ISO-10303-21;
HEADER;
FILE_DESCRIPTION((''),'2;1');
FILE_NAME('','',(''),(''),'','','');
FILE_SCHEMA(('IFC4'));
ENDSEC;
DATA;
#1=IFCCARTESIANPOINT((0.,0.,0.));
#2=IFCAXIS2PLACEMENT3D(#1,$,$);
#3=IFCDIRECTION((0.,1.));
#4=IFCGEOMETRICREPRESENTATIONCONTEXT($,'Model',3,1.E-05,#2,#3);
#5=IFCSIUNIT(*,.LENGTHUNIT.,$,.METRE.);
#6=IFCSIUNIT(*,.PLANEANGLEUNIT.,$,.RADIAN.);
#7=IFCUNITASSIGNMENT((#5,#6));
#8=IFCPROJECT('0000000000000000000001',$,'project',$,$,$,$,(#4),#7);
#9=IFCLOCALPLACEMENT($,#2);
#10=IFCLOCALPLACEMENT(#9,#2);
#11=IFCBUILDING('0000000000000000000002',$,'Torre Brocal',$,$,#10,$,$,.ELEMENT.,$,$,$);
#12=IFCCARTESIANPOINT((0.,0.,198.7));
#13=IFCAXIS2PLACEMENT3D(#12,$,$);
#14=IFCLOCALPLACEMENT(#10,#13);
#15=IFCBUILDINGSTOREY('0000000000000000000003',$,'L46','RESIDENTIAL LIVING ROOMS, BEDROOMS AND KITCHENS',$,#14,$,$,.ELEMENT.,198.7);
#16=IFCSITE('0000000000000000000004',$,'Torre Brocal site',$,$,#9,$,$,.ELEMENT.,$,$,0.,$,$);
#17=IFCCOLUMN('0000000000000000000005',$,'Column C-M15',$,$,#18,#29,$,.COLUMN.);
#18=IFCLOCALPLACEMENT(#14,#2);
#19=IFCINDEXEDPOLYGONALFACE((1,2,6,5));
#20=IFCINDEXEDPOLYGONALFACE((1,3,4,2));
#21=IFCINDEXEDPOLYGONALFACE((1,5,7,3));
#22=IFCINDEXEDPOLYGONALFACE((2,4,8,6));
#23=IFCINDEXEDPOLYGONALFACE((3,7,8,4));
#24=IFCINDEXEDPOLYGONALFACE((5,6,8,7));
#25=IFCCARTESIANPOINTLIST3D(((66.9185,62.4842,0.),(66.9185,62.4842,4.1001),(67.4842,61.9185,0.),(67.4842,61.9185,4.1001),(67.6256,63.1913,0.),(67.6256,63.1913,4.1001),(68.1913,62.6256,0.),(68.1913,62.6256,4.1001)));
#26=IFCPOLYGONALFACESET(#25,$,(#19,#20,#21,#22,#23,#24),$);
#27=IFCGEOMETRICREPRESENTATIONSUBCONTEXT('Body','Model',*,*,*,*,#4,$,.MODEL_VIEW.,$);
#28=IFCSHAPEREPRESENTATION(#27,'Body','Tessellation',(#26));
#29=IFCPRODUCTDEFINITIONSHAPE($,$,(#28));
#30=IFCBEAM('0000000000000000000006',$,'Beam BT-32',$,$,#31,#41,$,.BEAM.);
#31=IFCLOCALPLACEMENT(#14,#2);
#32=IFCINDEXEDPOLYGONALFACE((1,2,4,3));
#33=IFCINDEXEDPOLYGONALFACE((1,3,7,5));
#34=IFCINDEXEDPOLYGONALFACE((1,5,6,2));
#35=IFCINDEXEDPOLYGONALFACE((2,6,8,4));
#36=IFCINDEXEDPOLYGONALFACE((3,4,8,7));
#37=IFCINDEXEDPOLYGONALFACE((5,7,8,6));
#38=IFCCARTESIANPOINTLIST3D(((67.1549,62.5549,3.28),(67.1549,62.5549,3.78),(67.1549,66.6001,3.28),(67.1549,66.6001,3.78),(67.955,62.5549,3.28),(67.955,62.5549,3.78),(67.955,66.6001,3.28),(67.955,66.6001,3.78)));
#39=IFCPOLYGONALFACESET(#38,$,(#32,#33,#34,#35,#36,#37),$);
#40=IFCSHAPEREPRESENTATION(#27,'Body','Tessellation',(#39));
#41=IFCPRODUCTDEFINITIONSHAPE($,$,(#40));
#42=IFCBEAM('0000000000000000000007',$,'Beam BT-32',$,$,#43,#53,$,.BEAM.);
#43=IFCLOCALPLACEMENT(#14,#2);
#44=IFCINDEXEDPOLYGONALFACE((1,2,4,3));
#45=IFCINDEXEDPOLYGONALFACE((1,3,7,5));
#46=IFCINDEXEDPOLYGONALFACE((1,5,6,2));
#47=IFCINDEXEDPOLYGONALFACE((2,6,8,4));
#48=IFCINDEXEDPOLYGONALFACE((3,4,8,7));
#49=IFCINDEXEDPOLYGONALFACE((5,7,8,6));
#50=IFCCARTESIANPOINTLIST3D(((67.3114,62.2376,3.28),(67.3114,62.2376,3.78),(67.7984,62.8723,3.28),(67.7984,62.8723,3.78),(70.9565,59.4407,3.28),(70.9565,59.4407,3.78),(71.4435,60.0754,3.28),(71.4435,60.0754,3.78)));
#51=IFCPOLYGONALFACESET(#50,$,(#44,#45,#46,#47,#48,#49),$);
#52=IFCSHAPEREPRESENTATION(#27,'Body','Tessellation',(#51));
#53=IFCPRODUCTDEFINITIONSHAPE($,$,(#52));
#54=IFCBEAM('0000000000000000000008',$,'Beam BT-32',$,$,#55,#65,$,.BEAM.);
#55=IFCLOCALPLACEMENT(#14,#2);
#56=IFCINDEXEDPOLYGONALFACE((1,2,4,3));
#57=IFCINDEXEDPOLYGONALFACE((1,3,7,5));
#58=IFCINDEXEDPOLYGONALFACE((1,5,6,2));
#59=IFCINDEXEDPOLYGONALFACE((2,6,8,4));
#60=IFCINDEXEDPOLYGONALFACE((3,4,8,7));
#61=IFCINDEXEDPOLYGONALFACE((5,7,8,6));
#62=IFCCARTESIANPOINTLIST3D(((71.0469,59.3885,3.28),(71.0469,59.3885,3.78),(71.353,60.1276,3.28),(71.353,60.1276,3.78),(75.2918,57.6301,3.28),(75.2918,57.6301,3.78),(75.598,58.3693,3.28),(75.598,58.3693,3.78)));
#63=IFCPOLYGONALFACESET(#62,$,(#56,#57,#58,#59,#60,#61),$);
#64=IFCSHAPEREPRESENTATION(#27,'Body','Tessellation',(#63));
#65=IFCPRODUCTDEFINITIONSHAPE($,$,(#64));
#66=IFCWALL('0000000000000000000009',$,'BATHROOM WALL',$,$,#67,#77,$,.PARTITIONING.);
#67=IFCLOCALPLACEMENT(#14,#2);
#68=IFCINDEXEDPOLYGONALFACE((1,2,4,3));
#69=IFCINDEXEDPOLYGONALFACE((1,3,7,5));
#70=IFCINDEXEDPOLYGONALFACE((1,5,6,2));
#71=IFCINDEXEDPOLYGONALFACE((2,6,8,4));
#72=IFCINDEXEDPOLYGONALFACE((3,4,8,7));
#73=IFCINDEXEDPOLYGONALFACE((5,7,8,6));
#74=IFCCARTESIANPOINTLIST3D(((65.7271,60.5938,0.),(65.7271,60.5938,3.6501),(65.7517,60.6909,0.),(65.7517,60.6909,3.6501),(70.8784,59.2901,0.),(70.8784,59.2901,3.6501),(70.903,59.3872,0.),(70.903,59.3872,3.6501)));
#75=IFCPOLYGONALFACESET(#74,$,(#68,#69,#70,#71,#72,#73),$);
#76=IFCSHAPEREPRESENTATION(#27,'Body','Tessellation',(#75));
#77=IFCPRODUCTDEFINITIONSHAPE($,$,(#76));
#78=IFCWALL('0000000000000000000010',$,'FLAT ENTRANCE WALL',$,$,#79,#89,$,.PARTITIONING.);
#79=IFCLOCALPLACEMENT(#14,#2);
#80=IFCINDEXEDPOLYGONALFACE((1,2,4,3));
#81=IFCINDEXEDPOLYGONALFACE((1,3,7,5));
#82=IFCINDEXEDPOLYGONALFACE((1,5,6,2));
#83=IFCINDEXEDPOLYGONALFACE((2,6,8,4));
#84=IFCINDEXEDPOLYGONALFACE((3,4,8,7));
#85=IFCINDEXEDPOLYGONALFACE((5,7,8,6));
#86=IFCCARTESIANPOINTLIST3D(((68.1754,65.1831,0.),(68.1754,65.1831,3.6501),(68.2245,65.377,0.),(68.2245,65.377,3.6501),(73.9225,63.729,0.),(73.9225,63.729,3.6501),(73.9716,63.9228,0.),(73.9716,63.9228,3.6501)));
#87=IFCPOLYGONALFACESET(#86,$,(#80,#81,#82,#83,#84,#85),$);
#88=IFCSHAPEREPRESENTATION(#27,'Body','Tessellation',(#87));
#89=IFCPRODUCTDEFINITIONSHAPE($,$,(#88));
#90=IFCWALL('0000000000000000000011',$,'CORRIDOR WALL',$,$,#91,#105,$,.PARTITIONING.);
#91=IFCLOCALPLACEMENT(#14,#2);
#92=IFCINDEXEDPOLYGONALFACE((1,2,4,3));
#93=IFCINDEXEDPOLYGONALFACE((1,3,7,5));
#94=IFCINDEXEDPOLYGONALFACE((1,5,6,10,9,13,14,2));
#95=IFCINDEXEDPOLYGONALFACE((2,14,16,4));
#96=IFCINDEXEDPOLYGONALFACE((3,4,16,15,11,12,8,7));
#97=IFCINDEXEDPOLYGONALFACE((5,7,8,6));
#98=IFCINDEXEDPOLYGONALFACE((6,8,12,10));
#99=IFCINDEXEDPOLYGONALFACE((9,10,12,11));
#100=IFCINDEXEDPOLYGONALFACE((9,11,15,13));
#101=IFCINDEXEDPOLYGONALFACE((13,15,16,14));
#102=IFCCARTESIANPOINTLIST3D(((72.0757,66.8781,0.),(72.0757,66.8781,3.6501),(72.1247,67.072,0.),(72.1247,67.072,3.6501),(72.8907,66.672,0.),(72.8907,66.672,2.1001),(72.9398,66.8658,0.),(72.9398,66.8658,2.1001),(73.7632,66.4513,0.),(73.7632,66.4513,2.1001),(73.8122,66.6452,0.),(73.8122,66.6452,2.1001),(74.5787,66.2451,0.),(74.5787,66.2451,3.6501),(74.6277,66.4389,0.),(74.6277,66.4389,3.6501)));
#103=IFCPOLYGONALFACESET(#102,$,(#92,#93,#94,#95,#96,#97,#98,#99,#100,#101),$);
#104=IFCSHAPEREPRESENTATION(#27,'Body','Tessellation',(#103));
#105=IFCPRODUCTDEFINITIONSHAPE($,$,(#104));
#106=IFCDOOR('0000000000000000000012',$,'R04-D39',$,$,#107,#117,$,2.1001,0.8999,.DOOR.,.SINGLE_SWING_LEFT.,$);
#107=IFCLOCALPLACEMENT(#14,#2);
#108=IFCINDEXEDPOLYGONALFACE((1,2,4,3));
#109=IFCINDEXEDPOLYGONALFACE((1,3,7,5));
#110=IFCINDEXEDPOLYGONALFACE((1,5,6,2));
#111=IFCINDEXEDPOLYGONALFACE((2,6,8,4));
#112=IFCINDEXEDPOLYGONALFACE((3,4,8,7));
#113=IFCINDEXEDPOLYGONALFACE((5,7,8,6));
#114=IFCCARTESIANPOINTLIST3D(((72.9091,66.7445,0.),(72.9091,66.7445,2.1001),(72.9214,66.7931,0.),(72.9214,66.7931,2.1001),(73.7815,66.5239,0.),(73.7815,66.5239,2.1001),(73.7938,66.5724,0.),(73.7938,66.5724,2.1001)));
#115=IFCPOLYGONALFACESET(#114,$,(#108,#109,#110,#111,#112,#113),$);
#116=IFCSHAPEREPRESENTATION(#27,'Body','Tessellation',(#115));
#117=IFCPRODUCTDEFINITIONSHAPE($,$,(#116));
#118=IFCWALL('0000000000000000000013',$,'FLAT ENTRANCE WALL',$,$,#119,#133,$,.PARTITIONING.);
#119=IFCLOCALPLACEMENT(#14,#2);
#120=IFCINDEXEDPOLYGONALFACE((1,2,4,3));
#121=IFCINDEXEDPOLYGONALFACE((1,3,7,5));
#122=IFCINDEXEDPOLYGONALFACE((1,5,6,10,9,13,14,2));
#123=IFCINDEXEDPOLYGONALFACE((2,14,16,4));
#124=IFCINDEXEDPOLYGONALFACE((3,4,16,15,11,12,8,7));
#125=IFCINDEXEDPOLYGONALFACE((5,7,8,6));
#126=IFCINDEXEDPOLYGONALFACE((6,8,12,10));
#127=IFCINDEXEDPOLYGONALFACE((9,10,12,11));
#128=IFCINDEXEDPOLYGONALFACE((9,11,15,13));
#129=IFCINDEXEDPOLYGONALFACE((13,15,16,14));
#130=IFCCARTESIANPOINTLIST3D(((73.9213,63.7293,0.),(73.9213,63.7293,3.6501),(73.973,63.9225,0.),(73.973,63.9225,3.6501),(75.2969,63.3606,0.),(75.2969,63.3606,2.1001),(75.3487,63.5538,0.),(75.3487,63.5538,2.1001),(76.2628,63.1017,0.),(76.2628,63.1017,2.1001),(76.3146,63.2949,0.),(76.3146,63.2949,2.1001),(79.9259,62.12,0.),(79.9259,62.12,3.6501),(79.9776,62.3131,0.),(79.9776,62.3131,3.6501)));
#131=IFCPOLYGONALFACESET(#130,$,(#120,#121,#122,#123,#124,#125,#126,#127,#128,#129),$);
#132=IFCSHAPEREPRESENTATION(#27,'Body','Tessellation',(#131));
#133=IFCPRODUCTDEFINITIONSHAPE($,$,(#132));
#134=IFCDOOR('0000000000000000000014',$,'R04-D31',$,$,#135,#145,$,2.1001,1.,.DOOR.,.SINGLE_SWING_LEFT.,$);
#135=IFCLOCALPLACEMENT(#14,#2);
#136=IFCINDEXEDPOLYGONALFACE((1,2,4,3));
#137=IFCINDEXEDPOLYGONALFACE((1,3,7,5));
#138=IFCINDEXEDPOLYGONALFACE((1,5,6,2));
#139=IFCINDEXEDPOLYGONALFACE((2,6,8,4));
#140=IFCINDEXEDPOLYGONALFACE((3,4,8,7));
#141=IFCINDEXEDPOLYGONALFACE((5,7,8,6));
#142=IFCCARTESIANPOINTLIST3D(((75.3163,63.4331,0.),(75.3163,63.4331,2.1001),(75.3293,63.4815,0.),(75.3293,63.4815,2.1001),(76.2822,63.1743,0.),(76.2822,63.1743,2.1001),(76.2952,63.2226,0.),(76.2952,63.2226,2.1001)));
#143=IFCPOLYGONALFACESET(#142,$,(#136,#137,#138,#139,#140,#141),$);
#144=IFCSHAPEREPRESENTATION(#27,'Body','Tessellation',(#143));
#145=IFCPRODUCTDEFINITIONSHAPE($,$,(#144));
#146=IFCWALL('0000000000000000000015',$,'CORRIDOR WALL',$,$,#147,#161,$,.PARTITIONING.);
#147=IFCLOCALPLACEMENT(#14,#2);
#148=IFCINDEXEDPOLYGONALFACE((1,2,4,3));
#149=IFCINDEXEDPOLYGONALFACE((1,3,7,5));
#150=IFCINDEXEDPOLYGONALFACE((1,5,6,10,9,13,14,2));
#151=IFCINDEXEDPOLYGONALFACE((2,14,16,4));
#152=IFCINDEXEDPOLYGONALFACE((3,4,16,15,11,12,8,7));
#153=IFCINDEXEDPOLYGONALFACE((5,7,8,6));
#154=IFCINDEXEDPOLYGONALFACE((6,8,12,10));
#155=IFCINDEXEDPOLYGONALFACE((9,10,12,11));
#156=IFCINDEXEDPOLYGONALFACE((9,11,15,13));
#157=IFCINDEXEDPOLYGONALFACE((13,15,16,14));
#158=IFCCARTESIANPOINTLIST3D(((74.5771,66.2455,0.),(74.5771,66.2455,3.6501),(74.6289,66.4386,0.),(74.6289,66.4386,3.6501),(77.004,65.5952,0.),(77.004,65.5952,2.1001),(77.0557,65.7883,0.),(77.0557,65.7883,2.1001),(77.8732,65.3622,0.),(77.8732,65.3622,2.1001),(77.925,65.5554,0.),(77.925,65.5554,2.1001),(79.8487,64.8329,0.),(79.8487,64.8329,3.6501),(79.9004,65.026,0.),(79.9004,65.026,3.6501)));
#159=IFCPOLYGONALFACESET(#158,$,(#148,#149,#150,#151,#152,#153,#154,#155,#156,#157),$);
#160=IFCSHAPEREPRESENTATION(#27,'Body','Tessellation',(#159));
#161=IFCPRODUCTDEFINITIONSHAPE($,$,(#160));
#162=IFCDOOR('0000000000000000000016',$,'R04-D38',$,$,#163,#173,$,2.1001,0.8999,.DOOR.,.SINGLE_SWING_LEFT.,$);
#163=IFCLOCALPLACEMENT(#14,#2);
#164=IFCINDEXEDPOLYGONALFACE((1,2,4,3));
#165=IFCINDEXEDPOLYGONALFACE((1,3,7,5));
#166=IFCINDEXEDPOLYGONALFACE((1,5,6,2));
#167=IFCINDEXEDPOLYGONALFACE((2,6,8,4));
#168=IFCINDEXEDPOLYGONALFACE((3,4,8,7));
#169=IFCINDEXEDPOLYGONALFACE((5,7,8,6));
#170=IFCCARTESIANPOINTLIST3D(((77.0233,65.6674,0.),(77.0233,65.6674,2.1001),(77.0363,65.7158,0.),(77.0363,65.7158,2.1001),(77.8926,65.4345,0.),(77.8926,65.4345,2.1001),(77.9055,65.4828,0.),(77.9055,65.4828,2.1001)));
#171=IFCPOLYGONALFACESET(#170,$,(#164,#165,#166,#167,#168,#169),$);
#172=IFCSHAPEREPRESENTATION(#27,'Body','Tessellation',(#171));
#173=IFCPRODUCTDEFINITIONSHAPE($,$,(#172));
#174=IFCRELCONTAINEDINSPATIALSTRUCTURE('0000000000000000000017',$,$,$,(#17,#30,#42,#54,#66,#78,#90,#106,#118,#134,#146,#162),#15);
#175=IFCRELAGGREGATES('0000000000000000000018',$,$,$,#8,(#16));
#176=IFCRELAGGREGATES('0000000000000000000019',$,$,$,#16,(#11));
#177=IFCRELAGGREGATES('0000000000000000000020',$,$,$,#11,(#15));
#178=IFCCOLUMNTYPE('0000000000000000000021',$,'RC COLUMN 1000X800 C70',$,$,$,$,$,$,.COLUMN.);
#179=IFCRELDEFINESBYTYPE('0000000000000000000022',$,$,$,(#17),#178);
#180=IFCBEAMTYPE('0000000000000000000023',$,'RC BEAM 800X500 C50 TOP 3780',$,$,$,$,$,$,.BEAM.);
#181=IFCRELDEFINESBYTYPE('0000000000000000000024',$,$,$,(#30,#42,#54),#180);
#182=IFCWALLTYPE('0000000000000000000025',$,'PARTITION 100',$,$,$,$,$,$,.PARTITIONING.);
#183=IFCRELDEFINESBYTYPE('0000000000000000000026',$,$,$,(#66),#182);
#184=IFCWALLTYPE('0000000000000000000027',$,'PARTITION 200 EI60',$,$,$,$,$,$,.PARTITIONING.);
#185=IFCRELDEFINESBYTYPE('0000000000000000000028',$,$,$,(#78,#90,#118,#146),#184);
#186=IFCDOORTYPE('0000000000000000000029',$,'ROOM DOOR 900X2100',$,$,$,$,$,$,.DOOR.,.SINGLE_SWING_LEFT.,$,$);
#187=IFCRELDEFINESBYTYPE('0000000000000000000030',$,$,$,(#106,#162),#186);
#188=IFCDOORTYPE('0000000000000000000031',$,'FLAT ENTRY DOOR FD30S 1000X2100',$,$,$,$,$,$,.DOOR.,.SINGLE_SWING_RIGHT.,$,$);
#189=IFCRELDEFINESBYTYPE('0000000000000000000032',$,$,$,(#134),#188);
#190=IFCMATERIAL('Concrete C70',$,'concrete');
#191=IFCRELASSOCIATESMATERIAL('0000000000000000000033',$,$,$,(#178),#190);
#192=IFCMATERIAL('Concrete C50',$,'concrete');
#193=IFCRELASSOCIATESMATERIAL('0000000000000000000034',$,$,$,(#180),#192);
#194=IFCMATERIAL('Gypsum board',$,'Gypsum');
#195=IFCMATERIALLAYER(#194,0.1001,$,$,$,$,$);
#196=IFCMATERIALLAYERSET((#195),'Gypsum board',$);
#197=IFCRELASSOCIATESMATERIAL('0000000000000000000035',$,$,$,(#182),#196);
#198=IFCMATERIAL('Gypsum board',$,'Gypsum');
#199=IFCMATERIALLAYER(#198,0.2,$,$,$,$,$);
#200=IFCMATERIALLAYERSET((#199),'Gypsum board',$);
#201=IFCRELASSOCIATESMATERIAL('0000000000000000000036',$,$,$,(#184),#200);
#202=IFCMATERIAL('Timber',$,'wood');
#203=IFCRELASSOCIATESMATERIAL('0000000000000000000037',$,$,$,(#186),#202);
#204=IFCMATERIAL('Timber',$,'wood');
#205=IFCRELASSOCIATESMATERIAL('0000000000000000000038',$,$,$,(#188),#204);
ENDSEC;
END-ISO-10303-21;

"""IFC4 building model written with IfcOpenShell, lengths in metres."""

from ifc_helpers import new_model, si_unit, direction, frame, frame_2d, origin, origin_2d, place, context, subcontext, project, spatial, rectangle, extrude, material, layer, layer_set, material_profile, profile_set, type_object, element, fill, save


model = new_model("IFC4")

# Units and contexts
model_context = context("Model", 3, precision=1e-05, world=origin(), true_north=direction((0.0, 1.0)))
body_context = subcontext(model_context, "Body", "Model", "MODEL_VIEW")
ifc_project = project(units=[si_unit("LENGTHUNIT", "METRE"), si_unit("PLANEANGLEUNIT", "RADIAN")], contexts=[model_context])

# Site, building, storey
site_placement = place(None, origin())
site = spatial("IfcSite", under=ifc_project, at=site_placement, Name="Torre Brocal site", CompositionType="ELEMENT", RefElevation=0.0)
building_placement = place(site_placement, origin())
building = spatial("IfcBuilding", under=site, at=building_placement, Name="Torre Brocal", CompositionType="ELEMENT")
storey_placement = place(building_placement, frame((0.0, 0.0, 198.7)))
storey = spatial("IfcBuildingStorey", under=building, at=storey_placement, Name="L46", Description="RESIDENTIAL LIVING ROOMS, BEDROOMS AND KITCHENS", CompositionType="ELEMENT", Elevation=198.7)

# Column
ifc_material_1 = material(Name="Concrete C70", Category="concrete")
ifc_material_profile_1 = material_profile(ifc_material_1, rectangle(XDim=1.0, YDim=0.8, at=origin_2d()), Name="RC 1000X800")
ifc_profile_set_1 = profile_set([ifc_material_profile_1], Name="Concrete C70")
column_type = type_object("IfcColumnType", Name="RC COLUMN 1000X800 C70", PredefinedType="COLUMN", material=ifc_profile_set_1)
column_placement = place(storey_placement, frame((67.5549, 62.5549, 0.0), z_axis=(0.0, 0.0, 1.0), x_axis=(-0.707107, -0.707107, 0.0)))
element("IfcColumn", 1, at=column_placement, inside=storey, type_object=column_type, Name="Column C-M15", PredefinedType="COLUMN", context=body_context, shape_type="SweptSolid", body=[
    extrude(rectangle(XDim=1.0, YDim=0.8, at=origin_2d()), origin(), (0.0, 0.0, 1.0), 4.1001),
])

# Beams
ifc_material_2 = material(Name="Concrete C50", Category="concrete")
ifc_material_profile_2 = material_profile(ifc_material_2, rectangle(XDim=0.8, YDim=0.5, at=origin_2d()), Name="RC 800X500")
ifc_profile_set_2 = profile_set([ifc_material_profile_2], Name="Concrete C50")
beam_type = type_object("IfcBeamType", Name="RC BEAM 800X500 C50 TOP 3780", PredefinedType="BEAM", material=ifc_profile_set_2)
beam_1_placement = place(storey_placement, frame((67.5549, 62.5549, 3.53), z_axis=(0.0, 1.0, 0.0), x_axis=(-1.0, 0.0, 0.0)))
element("IfcBeam", 2, at=beam_1_placement, inside=storey, type_object=beam_type, Name="Beam BT-32", PredefinedType="BEAM", context=body_context, shape_type="SweptSolid", body=[
    extrude(rectangle(XDim=0.8, YDim=0.5, at=origin_2d()), origin(), (0.0, 0.0, 1.0), 4.0452),
])
beam_2_placement = place(storey_placement, frame((67.5549, 62.5549, 3.53), z_axis=(0.793358, -0.608755, 0.0), x_axis=(0.608755, 0.793358, 0.0)))
element("IfcBeam", 3, at=beam_2_placement, inside=storey, type_object=beam_type, Name="Beam BT-32", PredefinedType="BEAM", context=body_context, shape_type="SweptSolid", body=[
    extrude(rectangle(XDim=0.8, YDim=0.5, at=origin_2d()), origin(), (0.0, 0.0, 1.0), 4.5945),
])
beam_3_placement = place(storey_placement, frame((71.2, 59.7581, 3.53), z_axis=(0.923878, -0.382687, 0.0), x_axis=(0.382687, 0.923878, 0.0)))
element("IfcBeam", 4, at=beam_3_placement, inside=storey, type_object=beam_type, Name="Beam BT-32", PredefinedType="BEAM", context=body_context, shape_type="SweptSolid", body=[
    extrude(rectangle(XDim=0.8, YDim=0.5, at=origin_2d()), origin(), (0.0, 0.0, 1.0), 4.5947),
])

# Walls
ifc_material_3 = material(Name="Gypsum board", Category="Gypsum")
ifc_layer_1 = layer(ifc_material_3, 0.1001)
ifc_layer_set_1 = layer_set([ifc_layer_1], Name="Gypsum board")
wall_type_1 = type_object("IfcWallType", Name="PARTITION 100", PredefinedType="PARTITIONING", material=ifc_layer_set_1)
wall_1_placement = place(storey_placement, frame((65.7395, 60.6423, 0.0), z_axis=(0.0, 0.0, 1.0), x_axis=(0.969436, -0.245345, 0.0)))
element("IfcWall", 5, at=wall_1_placement, inside=storey, type_object=wall_type_1, Name="BATHROOM WALL", PredefinedType="PARTITIONING", context=body_context, shape_type="SweptSolid", body=[
    extrude(rectangle(XDim=5.3137, YDim=0.1001, at=frame_2d((2.6567, 0.0))), origin(), (0.0, 0.0, 1.0), 3.6501),
])
ifc_material_4 = material(Name="Gypsum board", Category="Gypsum")
ifc_layer_2 = layer(ifc_material_4, 0.2)
ifc_layer_set_2 = layer_set([ifc_layer_2], Name="Gypsum board")
wall_type_2 = type_object("IfcWallType", Name="PARTITION 200 EI60", PredefinedType="PARTITIONING", material=ifc_layer_set_2)
wall_2_placement = place(storey_placement, frame((68.2, 65.28, 0.0), z_axis=(0.0, 0.0, 1.0), x_axis=(0.969451, -0.245287, 0.0)))
element("IfcWall", 6, at=wall_2_placement, inside=storey, type_object=wall_type_2, Name="FLAT ENTRANCE WALL", PredefinedType="PARTITIONING", context=body_context, shape_type="SweptSolid", body=[
    extrude(rectangle(XDim=5.9282, YDim=0.2, at=frame_2d((2.9641, 0.0))), origin(), (0.0, 0.0, 1.0), 3.6501),
])

# Walls, openings, doors
wall_3_placement = place(storey_placement, frame((72.1001, 66.9751, 0.0), z_axis=(0.0, 0.0, 1.0), x_axis=(0.969471, -0.245205, 0.0)))
wall_3 = element("IfcWall", 7, at=wall_3_placement, inside=storey, type_object=wall_type_2, Name="CORRIDOR WALL", PredefinedType="PARTITIONING", context=body_context, shape_type="SweptSolid", body=[
    extrude(rectangle(XDim=2.5818, YDim=0.2, at=frame_2d((1.291, 0.0))), origin(), (0.0, 0.0, 1.0), 3.6501),
])
opening_1_placement = place(wall_3_placement, frame((0.8408, 0.0, 0.0)))
opening_1 = element("IfcOpeningElement", 8, at=opening_1_placement, cuts=wall_3, PredefinedType="OPENING", context=body_context, shape_type="SweptSolid", body=[
    extrude(rectangle(XDim=0.8999, YDim=2.1001, at=frame_2d((0.45, 1.05))), frame((0.0, 0.1099, 0.0), z_axis=(0.0, -1.0, 0.0), x_axis=(1.0, 0.0, 0.0)), (0.0, 0.0, 1.0), 0.22),
])
ifc_material_5 = material(Name="Timber", Category="wood")
door_type_1 = type_object("IfcDoorType", Name="ROOM DOOR 900X2100", OperationType="SINGLE_SWING_LEFT", PredefinedType="DOOR", material=ifc_material_5)
door_1_placement = place(opening_1_placement, origin())
door_1 = element("IfcDoor", 9, at=door_1_placement, inside=storey, type_object=door_type_1, Name="R04-D39", OperationType="SINGLE_SWING_LEFT", OverallHeight=2.1001, OverallWidth=0.8999, PredefinedType="DOOR", context=body_context, shape_type="SweptSolid", body=[
    extrude(rectangle(XDim=0.8999, YDim=2.1001, at=frame_2d((0.45, 1.05))), frame((0.0, 0.0249, 0.0), z_axis=(0.0, -1.0, 0.0), x_axis=(1.0, 0.0, 0.0)), (0.0, 0.0, 1.0), 0.05),
])
fill(opening_1, door_1)
wall_4_placement = place(storey_placement, frame((73.947, 63.8259, 0.0), z_axis=(0.0, 0.0, 1.0), x_axis=(0.965908, -0.258885, 0.0)))
wall_4 = element("IfcWall", 10, at=wall_4_placement, inside=storey, type_object=wall_type_2, Name="FLAT ENTRANCE WALL", PredefinedType="PARTITIONING", context=body_context, shape_type="SweptSolid", body=[
    extrude(rectangle(XDim=6.2166, YDim=0.2, at=frame_2d((3.1084, 0.0))), origin(), (0.0, 0.0, 1.0), 3.6501),
])
opening_2_placement = place(wall_4_placement, frame((1.4243, 0.0, 0.0)))
opening_2 = element("IfcOpeningElement", 11, at=opening_2_placement, cuts=wall_4, PredefinedType="OPENING", context=body_context, shape_type="SweptSolid", body=[
    extrude(rectangle(XDim=1.0, YDim=2.1001, at=frame_2d((0.5, 1.05))), frame((0.0, 0.1099, 0.0), z_axis=(0.0, -1.0, 0.0), x_axis=(1.0, 0.0, 0.0)), (0.0, 0.0, 1.0), 0.22),
])
ifc_material_6 = material(Name="Timber", Category="wood")
door_type_2 = type_object("IfcDoorType", Name="FLAT ENTRY DOOR FD30S 1000X2100", OperationType="SINGLE_SWING_RIGHT", PredefinedType="DOOR", material=ifc_material_6)
door_2_placement = place(opening_2_placement, frame((1.0, 0.0, 0.0), z_axis=(0.0, 0.0, 1.0), x_axis=(-1.0, 0.0, 0.0)))
door_2 = element("IfcDoor", 12, at=door_2_placement, inside=storey, type_object=door_type_2, Name="R04-D31", OperationType="SINGLE_SWING_LEFT", OverallHeight=2.1001, OverallWidth=1.0, PredefinedType="DOOR", context=body_context, shape_type="SweptSolid", body=[
    extrude(rectangle(XDim=1.0, YDim=2.1001, at=frame_2d((0.5, 1.05))), frame((0.0, 0.0249, 0.0), z_axis=(0.0, -1.0, 0.0), x_axis=(1.0, 0.0, 0.0)), (0.0, 0.0, 1.0), 0.05),
])
fill(opening_2, door_2)
wall_5_placement = place(storey_placement, frame((74.603, 66.342, 0.0), z_axis=(0.0, 0.0, 1.0), x_axis=(0.965921, -0.258837, 0.0)))
wall_5 = element("IfcWall", 13, at=wall_5_placement, inside=storey, type_object=wall_type_2, Name="CORRIDOR WALL", PredefinedType="PARTITIONING", context=body_context, shape_type="SweptSolid", body=[
    extrude(rectangle(XDim=5.4575, YDim=0.2, at=frame_2d((2.7288, 0.0))), origin(), (0.0, 0.0, 1.0), 3.6501),
])
opening_3_placement = place(wall_5_placement, frame((2.5125, 0.0, 0.0)))
opening_3 = element("IfcOpeningElement", 14, at=opening_3_placement, cuts=wall_5, PredefinedType="OPENING", context=body_context, shape_type="SweptSolid", body=[
    extrude(rectangle(XDim=0.8999, YDim=2.1001, at=frame_2d((0.45, 1.05))), frame((0.0, 0.1099, 0.0), z_axis=(0.0, -1.0, 0.0), x_axis=(1.0, 0.0, 0.0)), (0.0, 0.0, 1.0), 0.22),
])
door_3_placement = place(opening_3_placement, origin())
door_3 = element("IfcDoor", 15, at=door_3_placement, inside=storey, type_object=door_type_1, Name="R04-D38", OperationType="SINGLE_SWING_LEFT", OverallHeight=2.1001, OverallWidth=0.8999, PredefinedType="DOOR", context=body_context, shape_type="SweptSolid", body=[
    extrude(rectangle(XDim=0.8999, YDim=2.1001, at=frame_2d((0.45, 1.05))), frame((0.0, 0.0249, 0.0), z_axis=(0.0, -1.0, 0.0), x_axis=(1.0, 0.0, 0.0)), (0.0, 0.0, 1.0), 0.05),
])
fill(opening_3, door_3)

save(model, "model.ifc")
